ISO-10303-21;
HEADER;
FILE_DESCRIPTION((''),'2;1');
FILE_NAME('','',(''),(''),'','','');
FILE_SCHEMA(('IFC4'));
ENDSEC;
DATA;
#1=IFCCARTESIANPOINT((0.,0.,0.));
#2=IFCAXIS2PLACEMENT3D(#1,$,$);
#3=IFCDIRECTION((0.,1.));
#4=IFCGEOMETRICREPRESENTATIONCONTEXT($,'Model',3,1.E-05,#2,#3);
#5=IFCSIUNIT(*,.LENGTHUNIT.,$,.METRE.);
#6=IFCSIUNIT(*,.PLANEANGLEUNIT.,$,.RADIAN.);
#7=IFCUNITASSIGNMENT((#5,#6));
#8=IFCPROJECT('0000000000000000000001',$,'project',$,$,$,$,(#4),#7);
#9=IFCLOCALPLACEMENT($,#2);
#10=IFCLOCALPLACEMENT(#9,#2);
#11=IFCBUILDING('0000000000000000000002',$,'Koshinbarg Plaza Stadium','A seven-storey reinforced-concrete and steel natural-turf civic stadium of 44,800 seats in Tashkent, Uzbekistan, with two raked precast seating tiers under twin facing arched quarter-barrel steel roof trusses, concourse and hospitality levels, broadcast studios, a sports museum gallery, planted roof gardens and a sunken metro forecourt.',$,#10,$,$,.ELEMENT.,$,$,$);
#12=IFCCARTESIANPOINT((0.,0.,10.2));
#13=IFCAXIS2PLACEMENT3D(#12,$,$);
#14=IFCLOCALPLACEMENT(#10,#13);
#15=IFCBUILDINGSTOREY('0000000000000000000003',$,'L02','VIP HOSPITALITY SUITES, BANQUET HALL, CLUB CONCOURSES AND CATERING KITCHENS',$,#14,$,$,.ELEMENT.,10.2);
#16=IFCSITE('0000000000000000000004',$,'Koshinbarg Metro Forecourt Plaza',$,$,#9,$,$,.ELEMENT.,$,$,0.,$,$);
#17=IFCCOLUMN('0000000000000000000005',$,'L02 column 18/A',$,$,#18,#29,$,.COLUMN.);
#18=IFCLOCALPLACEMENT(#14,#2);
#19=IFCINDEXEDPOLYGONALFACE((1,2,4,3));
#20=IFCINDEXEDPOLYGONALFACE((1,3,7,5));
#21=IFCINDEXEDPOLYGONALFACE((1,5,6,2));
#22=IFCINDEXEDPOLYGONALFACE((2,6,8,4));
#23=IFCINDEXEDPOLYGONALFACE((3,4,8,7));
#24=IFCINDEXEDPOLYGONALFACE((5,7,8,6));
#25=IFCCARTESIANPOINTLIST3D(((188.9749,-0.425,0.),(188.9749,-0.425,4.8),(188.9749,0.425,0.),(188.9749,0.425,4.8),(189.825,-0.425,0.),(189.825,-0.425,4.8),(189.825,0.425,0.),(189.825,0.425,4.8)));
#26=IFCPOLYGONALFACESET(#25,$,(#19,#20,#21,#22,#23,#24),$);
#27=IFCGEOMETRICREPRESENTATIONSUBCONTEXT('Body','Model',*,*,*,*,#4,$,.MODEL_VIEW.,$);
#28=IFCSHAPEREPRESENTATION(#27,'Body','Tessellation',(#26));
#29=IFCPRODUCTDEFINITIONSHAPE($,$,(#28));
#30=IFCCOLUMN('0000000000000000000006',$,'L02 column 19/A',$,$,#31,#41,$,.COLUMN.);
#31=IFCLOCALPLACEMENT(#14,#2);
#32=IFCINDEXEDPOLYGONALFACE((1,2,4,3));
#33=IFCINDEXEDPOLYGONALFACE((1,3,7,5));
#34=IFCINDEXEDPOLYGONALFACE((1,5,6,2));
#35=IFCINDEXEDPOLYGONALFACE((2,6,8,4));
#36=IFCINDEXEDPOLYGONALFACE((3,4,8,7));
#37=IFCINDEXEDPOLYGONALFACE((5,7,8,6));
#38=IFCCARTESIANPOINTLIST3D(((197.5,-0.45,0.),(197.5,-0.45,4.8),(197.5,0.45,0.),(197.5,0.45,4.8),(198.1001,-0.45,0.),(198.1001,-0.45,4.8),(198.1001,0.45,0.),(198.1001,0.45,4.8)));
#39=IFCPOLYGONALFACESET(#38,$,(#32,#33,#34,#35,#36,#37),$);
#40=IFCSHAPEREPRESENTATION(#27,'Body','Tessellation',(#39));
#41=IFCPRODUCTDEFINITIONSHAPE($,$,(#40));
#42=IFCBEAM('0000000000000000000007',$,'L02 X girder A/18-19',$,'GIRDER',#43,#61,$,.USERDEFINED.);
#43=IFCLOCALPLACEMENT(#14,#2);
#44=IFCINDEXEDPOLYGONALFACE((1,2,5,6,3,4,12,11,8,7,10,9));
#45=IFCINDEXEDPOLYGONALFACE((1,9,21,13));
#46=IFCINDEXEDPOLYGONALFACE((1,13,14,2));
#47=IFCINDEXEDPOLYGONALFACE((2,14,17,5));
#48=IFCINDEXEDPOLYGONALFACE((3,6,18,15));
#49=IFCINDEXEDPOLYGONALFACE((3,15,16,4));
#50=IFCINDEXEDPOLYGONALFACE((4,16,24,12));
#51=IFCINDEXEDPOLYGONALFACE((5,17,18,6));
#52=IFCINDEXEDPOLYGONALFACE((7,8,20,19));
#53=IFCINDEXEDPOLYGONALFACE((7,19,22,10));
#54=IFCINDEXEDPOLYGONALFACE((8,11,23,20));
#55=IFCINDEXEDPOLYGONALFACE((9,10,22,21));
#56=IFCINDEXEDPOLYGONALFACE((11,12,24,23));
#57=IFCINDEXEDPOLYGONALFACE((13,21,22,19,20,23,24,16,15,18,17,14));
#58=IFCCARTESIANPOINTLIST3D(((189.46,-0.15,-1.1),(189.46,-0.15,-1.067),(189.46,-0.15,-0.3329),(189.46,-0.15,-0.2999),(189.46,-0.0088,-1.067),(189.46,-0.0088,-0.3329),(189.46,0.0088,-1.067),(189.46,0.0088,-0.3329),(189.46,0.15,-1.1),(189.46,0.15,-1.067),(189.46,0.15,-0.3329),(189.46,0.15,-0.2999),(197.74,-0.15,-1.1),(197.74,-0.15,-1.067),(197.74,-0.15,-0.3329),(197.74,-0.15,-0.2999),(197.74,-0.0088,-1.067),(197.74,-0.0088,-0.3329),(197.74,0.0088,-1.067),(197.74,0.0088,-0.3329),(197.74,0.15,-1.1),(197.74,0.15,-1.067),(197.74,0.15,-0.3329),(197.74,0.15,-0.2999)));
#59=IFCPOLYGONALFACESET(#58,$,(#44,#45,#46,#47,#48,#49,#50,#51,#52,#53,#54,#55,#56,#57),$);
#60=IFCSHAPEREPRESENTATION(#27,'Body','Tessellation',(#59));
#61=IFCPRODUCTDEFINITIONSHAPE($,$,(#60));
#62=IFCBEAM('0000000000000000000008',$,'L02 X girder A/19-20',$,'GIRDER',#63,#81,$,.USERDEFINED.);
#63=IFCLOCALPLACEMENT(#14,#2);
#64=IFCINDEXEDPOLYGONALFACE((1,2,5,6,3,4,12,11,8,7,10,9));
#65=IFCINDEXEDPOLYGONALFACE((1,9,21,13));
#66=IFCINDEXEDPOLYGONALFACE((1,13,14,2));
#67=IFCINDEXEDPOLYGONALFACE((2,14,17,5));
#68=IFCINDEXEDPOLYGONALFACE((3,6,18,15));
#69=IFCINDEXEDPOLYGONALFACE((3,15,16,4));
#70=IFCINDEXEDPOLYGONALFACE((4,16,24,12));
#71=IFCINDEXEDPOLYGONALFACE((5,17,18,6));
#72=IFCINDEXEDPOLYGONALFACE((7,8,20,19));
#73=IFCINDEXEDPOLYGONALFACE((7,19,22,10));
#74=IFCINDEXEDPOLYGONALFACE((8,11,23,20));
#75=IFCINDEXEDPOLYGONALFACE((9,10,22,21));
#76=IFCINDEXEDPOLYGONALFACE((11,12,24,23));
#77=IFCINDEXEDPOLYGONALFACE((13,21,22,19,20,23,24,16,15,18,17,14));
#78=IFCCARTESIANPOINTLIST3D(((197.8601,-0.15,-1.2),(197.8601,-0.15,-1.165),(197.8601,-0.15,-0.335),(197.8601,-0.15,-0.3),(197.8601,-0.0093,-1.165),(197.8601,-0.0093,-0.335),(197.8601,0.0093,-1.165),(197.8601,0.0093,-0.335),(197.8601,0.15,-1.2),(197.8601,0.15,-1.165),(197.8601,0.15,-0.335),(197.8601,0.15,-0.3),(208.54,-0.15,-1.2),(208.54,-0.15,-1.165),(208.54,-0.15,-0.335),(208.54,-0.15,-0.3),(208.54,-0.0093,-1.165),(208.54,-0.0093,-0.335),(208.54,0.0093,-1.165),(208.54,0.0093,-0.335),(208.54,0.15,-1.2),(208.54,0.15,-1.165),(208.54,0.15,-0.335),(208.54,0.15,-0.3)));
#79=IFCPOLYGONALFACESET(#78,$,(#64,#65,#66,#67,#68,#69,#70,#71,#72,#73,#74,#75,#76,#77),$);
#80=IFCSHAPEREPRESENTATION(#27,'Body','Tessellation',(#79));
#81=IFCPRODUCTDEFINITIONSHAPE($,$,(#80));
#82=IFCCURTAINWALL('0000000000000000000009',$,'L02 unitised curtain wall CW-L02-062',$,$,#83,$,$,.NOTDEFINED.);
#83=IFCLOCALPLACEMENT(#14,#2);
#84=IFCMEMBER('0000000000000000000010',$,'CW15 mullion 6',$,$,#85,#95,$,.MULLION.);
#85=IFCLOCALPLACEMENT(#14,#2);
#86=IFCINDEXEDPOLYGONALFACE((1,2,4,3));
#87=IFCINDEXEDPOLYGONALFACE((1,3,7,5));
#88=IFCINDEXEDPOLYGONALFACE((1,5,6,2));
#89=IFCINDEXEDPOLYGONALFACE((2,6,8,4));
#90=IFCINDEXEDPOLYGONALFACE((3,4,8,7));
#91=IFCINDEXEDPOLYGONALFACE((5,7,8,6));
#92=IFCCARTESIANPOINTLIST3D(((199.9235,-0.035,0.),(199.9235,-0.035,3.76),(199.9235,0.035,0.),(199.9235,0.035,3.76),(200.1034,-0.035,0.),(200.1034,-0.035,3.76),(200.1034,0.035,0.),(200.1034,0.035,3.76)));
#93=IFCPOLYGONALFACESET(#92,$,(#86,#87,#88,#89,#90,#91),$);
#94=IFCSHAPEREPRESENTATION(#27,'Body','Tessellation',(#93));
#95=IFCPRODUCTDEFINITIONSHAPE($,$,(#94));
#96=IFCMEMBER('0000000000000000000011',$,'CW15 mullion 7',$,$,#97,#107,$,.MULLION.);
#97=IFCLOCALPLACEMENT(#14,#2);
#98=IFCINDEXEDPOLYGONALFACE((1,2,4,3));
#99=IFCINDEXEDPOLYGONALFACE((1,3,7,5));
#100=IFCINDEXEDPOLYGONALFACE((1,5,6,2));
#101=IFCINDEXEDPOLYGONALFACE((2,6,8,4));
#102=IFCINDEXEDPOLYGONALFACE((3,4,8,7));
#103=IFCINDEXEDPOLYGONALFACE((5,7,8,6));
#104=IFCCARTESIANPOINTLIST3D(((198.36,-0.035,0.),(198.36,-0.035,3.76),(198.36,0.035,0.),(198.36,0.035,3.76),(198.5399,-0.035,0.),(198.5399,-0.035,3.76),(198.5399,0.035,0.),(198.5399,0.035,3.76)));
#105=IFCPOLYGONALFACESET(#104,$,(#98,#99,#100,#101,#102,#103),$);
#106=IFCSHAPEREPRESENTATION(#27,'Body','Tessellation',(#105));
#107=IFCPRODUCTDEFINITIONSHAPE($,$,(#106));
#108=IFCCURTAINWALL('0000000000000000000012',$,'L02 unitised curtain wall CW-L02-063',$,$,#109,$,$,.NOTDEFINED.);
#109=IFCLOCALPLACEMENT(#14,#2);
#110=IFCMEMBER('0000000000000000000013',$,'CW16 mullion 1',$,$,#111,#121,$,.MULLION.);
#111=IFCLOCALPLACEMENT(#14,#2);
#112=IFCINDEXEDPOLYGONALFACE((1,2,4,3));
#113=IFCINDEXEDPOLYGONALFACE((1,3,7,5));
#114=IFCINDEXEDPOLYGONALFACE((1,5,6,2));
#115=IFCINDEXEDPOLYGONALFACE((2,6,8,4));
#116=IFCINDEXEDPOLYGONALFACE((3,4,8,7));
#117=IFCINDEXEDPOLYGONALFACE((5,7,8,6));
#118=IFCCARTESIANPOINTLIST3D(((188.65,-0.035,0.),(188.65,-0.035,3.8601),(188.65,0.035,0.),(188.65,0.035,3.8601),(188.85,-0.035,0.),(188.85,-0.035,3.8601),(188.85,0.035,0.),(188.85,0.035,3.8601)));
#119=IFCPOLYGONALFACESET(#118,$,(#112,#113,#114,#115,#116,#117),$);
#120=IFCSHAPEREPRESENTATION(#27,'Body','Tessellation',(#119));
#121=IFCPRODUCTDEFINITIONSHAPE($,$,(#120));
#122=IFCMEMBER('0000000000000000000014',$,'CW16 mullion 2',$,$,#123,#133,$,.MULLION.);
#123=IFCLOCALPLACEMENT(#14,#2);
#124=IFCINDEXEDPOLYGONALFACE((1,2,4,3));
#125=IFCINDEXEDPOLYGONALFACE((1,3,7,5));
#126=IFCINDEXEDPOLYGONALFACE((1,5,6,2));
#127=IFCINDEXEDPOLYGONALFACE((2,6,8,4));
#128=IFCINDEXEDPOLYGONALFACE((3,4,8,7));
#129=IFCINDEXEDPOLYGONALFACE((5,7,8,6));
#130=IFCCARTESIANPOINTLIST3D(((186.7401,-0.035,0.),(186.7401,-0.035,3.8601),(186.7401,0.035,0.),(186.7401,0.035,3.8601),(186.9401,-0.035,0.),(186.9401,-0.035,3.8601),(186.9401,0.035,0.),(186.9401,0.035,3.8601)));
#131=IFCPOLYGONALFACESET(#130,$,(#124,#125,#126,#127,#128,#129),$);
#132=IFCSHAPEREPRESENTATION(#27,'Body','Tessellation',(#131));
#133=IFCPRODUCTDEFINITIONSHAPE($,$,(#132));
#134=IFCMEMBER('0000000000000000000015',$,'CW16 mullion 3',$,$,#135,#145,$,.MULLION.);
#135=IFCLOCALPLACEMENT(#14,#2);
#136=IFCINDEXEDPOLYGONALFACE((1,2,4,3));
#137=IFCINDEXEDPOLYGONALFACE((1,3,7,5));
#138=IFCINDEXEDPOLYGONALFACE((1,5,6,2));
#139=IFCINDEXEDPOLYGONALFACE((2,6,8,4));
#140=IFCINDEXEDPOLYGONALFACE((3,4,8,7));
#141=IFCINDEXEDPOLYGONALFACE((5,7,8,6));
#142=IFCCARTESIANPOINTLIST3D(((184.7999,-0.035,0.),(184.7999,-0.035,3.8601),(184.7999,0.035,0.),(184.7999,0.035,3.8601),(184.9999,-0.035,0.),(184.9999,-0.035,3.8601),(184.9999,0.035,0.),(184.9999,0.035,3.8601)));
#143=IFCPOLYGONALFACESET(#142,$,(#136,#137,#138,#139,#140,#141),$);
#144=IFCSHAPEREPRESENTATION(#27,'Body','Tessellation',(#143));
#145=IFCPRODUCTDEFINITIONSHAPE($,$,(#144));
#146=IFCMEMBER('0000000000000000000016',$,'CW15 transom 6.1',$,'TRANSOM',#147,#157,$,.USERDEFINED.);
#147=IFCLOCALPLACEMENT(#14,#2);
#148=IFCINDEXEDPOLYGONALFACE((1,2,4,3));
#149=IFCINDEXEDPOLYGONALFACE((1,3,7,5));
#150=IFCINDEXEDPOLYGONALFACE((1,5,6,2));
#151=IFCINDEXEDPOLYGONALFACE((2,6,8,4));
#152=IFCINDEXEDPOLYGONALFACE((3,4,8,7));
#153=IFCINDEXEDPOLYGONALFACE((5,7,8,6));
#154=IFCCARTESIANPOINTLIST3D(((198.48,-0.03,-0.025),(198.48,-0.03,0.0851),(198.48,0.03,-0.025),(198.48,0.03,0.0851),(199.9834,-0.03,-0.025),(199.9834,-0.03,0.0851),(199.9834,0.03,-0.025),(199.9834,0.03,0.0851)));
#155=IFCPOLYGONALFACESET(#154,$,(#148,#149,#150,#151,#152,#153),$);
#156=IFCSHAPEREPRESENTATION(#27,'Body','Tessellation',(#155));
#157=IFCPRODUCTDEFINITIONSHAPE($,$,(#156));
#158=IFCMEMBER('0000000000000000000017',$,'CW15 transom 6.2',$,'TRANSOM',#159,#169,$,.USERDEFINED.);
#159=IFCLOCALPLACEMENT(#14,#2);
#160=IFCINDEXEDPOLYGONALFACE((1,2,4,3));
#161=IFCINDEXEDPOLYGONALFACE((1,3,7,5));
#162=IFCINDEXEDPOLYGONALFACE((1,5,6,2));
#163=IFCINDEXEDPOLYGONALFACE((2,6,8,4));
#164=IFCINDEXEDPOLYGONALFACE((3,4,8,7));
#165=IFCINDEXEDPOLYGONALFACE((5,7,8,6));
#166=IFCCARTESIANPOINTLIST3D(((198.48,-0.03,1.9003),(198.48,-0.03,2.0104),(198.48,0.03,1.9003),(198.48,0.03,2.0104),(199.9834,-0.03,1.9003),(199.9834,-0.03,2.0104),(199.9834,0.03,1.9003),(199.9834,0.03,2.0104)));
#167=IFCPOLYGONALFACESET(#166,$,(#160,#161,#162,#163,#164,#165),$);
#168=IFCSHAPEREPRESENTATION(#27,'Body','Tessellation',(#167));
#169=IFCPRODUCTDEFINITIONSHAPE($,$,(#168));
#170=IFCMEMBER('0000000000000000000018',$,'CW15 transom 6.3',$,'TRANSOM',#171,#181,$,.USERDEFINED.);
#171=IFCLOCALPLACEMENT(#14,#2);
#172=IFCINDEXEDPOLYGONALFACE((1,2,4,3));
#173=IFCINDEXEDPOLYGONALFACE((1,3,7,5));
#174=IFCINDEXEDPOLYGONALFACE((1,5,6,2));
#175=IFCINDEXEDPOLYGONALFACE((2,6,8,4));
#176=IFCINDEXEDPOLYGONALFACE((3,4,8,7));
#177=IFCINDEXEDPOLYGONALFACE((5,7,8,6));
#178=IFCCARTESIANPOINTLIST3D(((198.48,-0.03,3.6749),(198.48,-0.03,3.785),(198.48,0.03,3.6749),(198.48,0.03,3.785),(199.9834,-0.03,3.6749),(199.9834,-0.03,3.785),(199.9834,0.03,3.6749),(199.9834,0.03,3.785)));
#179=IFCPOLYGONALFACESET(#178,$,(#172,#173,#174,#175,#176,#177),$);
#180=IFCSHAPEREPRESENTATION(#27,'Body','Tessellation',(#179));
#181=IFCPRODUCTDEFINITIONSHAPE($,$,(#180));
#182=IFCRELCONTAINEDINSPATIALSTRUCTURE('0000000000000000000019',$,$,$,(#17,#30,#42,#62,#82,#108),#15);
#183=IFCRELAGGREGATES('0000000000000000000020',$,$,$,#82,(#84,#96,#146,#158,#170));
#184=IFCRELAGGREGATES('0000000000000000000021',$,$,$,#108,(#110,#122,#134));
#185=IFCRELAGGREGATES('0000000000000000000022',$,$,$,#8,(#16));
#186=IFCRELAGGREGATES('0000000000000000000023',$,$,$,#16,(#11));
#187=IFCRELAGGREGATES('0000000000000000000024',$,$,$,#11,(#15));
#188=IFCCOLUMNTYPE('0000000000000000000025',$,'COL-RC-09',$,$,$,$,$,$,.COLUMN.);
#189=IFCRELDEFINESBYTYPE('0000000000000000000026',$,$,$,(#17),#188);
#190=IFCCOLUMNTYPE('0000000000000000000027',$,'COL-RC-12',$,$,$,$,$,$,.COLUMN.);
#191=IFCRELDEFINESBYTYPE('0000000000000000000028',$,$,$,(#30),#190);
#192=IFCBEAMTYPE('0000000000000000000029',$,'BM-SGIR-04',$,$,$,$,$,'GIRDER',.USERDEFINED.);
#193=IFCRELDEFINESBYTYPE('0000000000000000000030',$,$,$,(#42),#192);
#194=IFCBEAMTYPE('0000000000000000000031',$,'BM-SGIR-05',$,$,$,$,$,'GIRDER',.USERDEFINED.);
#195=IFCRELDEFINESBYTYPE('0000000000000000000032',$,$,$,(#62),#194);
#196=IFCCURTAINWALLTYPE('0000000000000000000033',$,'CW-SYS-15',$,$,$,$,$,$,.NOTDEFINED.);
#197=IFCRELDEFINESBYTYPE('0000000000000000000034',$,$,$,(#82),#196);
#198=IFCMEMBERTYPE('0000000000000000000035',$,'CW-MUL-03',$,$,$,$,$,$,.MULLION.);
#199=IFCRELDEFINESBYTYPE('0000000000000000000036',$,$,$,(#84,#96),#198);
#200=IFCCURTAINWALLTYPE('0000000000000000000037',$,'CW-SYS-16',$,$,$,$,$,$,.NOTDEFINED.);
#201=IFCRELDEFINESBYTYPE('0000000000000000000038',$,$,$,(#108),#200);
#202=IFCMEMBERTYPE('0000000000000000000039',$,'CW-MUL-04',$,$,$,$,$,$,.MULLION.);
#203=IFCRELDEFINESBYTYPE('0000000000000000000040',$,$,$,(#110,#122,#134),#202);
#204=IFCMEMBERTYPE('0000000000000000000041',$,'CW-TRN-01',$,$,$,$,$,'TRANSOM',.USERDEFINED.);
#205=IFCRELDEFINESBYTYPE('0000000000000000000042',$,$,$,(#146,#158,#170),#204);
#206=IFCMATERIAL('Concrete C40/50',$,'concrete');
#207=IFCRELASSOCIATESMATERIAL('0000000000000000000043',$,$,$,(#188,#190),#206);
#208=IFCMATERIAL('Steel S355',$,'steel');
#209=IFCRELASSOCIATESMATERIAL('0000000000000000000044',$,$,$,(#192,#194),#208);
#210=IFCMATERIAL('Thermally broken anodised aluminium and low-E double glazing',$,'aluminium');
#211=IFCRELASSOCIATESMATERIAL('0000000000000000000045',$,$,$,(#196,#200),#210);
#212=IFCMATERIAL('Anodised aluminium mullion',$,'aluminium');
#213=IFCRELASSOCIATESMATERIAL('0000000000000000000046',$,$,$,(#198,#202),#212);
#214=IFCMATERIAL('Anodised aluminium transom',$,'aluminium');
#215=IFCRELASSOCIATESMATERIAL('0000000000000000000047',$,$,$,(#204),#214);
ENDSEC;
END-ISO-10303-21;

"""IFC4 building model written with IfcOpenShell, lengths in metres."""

from ifc_helpers import new_model, si_unit, direction, frame, origin, origin_2d, place, context, subcontext, project, spatial, rectangle, i_section, extrude, material, material_profile, profile_set, type_object, element, aggregate, save


model = new_model("IFC4")

# Units and contexts
model_context = context("Model", 3, precision=1e-05, world=origin(), true_north=direction((0.0, 1.0)))
body_context = subcontext(model_context, "Body", "Model", "MODEL_VIEW")
ifc_project = project(units=[si_unit("LENGTHUNIT", "METRE"), si_unit("PLANEANGLEUNIT", "RADIAN")], contexts=[model_context])

# Site, building, storey
site_placement = place(None, origin())
site = spatial("IfcSite", under=ifc_project, at=site_placement, Name="Koshinbarg Metro Forecourt Plaza", CompositionType="ELEMENT", RefElevation=0.0)
building_placement = place(site_placement, origin())
building = spatial("IfcBuilding", under=site, at=building_placement, Name="Koshinbarg Plaza Stadium", Description="A seven-storey reinforced-concrete and steel natural-turf civic stadium of 44,800 seats in Tashkent, Uzbekistan, with two raked precast seating tiers under twin facing arched quarter-barrel steel roof trusses, concourse and hospitality levels, broadcast studios, a sports museum gallery, planted roof gardens and a sunken metro forecourt.", CompositionType="ELEMENT")
storey_placement = place(building_placement, frame((0.0, 0.0, 10.2)))
storey = spatial("IfcBuildingStorey", under=building, at=storey_placement, Name="L02", Description="VIP HOSPITALITY SUITES, BANQUET HALL, CLUB CONCOURSES AND CATERING KITCHENS", CompositionType="ELEMENT", Elevation=10.2)

# Columns
ifc_material_1 = material(Name="Concrete C40/50", Category="concrete")
ifc_material_profile_1 = material_profile(ifc_material_1, rectangle(XDim=0.8501, YDim=0.8501, at=origin_2d()), Name="RC 850x850")
ifc_profile_set_1 = profile_set([ifc_material_profile_1], Name="Concrete C40/50")
column_type_1 = type_object("IfcColumnType", Name="COL-RC-09", PredefinedType="COLUMN", material=ifc_profile_set_1)
column_1_placement = place(storey_placement, frame((189.3999, 0.0, 0.0), z_axis=(0.0, 0.0, 1.0), x_axis=(1.0, 0.0, 0.0)))
element("IfcColumn", 1, at=column_1_placement, inside=storey, type_object=column_type_1, Name="L02 column 18/A", PredefinedType="COLUMN", context=body_context, shape_type="SweptSolid", body=[
    extrude(rectangle(XDim=0.8501, YDim=0.8501, at=origin_2d()), origin(), (0.0, 0.0, 1.0), 4.8),
])
ifc_material_profile_2 = material_profile(ifc_material_1, rectangle(XDim=0.6001, YDim=0.8999, at=origin_2d()), Name="RC 600x900")
ifc_profile_set_2 = profile_set([ifc_material_profile_2], Name="Concrete C40/50")
column_type_2 = type_object("IfcColumnType", Name="COL-RC-12", PredefinedType="COLUMN", material=ifc_profile_set_2)
column_2_placement = place(storey_placement, frame((197.8, 0.0, 0.0), z_axis=(0.0, 0.0, 1.0), x_axis=(1.0, 0.0, 0.0)))
element("IfcColumn", 2, at=column_2_placement, inside=storey, type_object=column_type_2, Name="L02 column 19/A", PredefinedType="COLUMN", context=body_context, shape_type="SweptSolid", body=[
    extrude(rectangle(XDim=0.6001, YDim=0.8999, at=origin_2d()), origin(), (0.0, 0.0, 1.0), 4.8),
])

# Beams
ifc_material_2 = material(Name="Steel S355", Category="steel")
ifc_material_profile_3 = material_profile(ifc_material_2, i_section(OverallWidth=0.3, OverallDepth=0.8, WebThickness=0.0176, FlangeThickness=0.033, at=origin_2d()), Name="HEB 800")
ifc_profile_set_3 = profile_set([ifc_material_profile_3], Name="Steel S355")
beam_type_1 = type_object("IfcBeamType", Name="BM-SGIR-04", ElementType="GIRDER", PredefinedType="USERDEFINED", material=ifc_profile_set_3)
beam_1_placement = place(storey_placement, frame((189.46, 0.0, -0.7), z_axis=(1.0, 0.0, 0.0), x_axis=(0.0, 1.0, 0.0)))
element("IfcBeam", 3, at=beam_1_placement, inside=storey, type_object=beam_type_1, Name="L02 X girder A/18-19", ObjectType="GIRDER", PredefinedType="USERDEFINED", context=body_context, shape_type="SweptSolid", body=[
    extrude(i_section(OverallWidth=0.3, OverallDepth=0.8, WebThickness=0.0176, FlangeThickness=0.033, at=origin_2d()), origin(), (0.0, 0.0, 1.0), 8.28),
])
ifc_material_profile_4 = material_profile(ifc_material_2, i_section(OverallWidth=0.3, OverallDepth=0.8999, WebThickness=0.0186, FlangeThickness=0.0349, at=origin_2d()), Name="HEB 900")
ifc_profile_set_4 = profile_set([ifc_material_profile_4], Name="Steel S355")
beam_type_2 = type_object("IfcBeamType", Name="BM-SGIR-05", ElementType="GIRDER", PredefinedType="USERDEFINED", material=ifc_profile_set_4)
beam_2_placement = place(storey_placement, frame((197.8601, 0.0, -0.75), z_axis=(1.0, 0.0, 0.0), x_axis=(0.0, 1.0, 0.0)))
element("IfcBeam", 4, at=beam_2_placement, inside=storey, type_object=beam_type_2, Name="L02 X girder A/19-20", ObjectType="GIRDER", PredefinedType="USERDEFINED", context=body_context, shape_type="SweptSolid", body=[
    extrude(i_section(OverallWidth=0.3, OverallDepth=0.8999, WebThickness=0.0186, FlangeThickness=0.0349, at=origin_2d()), origin(), (0.0, 0.0, 1.0), 10.6799),
])

# Curtain walls, members
ifc_material_3 = material(Name="Thermally broken anodised aluminium and low-E double glazing", Category="aluminium")
curtain_wall_type_1 = type_object("IfcCurtainWallType", Name="CW-SYS-15", PredefinedType="NOTDEFINED", material=ifc_material_3)
curtain_wall_1_placement = place(storey_placement, origin())
curtain_wall_1 = element("IfcCurtainWall", 5, at=curtain_wall_1_placement, inside=storey, type_object=curtain_wall_type_1, Name="L02 unitised curtain wall CW-L02-062", PredefinedType="NOTDEFINED")
ifc_material_4 = material(Name="Anodised aluminium mullion", Category="aluminium")
ifc_material_profile_5 = material_profile(ifc_material_4, rectangle(XDim=0.0701, YDim=0.1799, at=origin_2d()), Name="ALU 70x180")
ifc_profile_set_5 = profile_set([ifc_material_profile_5], Name="Anodised aluminium mullion")
member_type_1 = type_object("IfcMemberType", Name="CW-MUL-03", PredefinedType="MULLION", material=ifc_profile_set_5)
member_1_placement = place(storey_placement, frame((200.0134, 0.0, 0.0), z_axis=(0.0, 0.0, 1.0), x_axis=(0.0, -1.0, 0.0)))
member_1 = element("IfcMember", 6, at=member_1_placement, type_object=member_type_1, Name="CW15 mullion 6", PredefinedType="MULLION", context=body_context, shape_type="SweptSolid", body=[
    extrude(rectangle(XDim=0.0701, YDim=0.1799, at=origin_2d()), origin(), (0.0, 0.0, 1.0), 3.76),
])
member_2_placement = place(storey_placement, frame((198.45, 0.0, 0.0), z_axis=(0.0, 0.0, 1.0), x_axis=(0.0, -1.0, 0.0)))
member_2 = element("IfcMember", 7, at=member_2_placement, type_object=member_type_1, Name="CW15 mullion 7", PredefinedType="MULLION", context=body_context, shape_type="SweptSolid", body=[
    extrude(rectangle(XDim=0.0701, YDim=0.1799, at=origin_2d()), origin(), (0.0, 0.0, 1.0), 3.76),
])
curtain_wall_type_2 = type_object("IfcCurtainWallType", Name="CW-SYS-16", PredefinedType="NOTDEFINED", material=ifc_material_3)
curtain_wall_2_placement = place(storey_placement, origin())
curtain_wall_2 = element("IfcCurtainWall", 8, at=curtain_wall_2_placement, inside=storey, type_object=curtain_wall_type_2, Name="L02 unitised curtain wall CW-L02-063", PredefinedType="NOTDEFINED")
ifc_material_profile_6 = material_profile(ifc_material_4, rectangle(XDim=0.0701, YDim=0.2, at=origin_2d()), Name="ALU 70x200")
ifc_profile_set_6 = profile_set([ifc_material_profile_6], Name="Anodised aluminium mullion")
member_type_2 = type_object("IfcMemberType", Name="CW-MUL-04", PredefinedType="MULLION", material=ifc_profile_set_6)
member_3_placement = place(storey_placement, frame((188.75, 0.0, 0.0), z_axis=(0.0, 0.0, 1.0), x_axis=(0.0, -1.0, 0.0)))
member_3 = element("IfcMember", 9, at=member_3_placement, type_object=member_type_2, Name="CW16 mullion 1", PredefinedType="MULLION", context=body_context, shape_type="SweptSolid", body=[
    extrude(rectangle(XDim=0.0701, YDim=0.2, at=origin_2d()), origin(), (0.0, 0.0, 1.0), 3.8601),
])
member_4_placement = place(storey_placement, frame((186.8401, 0.0, 0.0), z_axis=(0.0, 0.0, 1.0), x_axis=(0.0, -1.0, 0.0)))
member_4 = element("IfcMember", 10, at=member_4_placement, type_object=member_type_2, Name="CW16 mullion 2", PredefinedType="MULLION", context=body_context, shape_type="SweptSolid", body=[
    extrude(rectangle(XDim=0.0701, YDim=0.2, at=origin_2d()), origin(), (0.0, 0.0, 1.0), 3.8601),
])
member_5_placement = place(storey_placement, frame((184.8999, 0.0, 0.0), z_axis=(0.0, 0.0, 1.0), x_axis=(0.0, -1.0, 0.0)))
member_5 = element("IfcMember", 11, at=member_5_placement, type_object=member_type_2, Name="CW16 mullion 3", PredefinedType="MULLION", context=body_context, shape_type="SweptSolid", body=[
    extrude(rectangle(XDim=0.0701, YDim=0.2, at=origin_2d()), origin(), (0.0, 0.0, 1.0), 3.8601),
])

# Members
ifc_material_5 = material(Name="Anodised aluminium transom", Category="aluminium")
ifc_material_profile_7 = material_profile(ifc_material_5, rectangle(XDim=0.0601, YDim=0.1101, at=origin_2d()), Name="ALU 60x110")
ifc_profile_set_7 = profile_set([ifc_material_profile_7], Name="Anodised aluminium transom")
member_type_3 = type_object("IfcMemberType", Name="CW-TRN-01", ElementType="TRANSOM", PredefinedType="USERDEFINED", material=ifc_profile_set_7)
member_6_placement = place(storey_placement, frame((199.9834, 0.0, 0.03), z_axis=(-1.0, 0.0, 0.0), x_axis=(0.0, -1.0, 0.0)))
member_6 = element("IfcMember", 12, at=member_6_placement, type_object=member_type_3, Name="CW15 transom 6.1", ObjectType="TRANSOM", PredefinedType="USERDEFINED", context=body_context, shape_type="SweptSolid", body=[
    extrude(rectangle(XDim=0.0601, YDim=0.1101, at=origin_2d()), origin(), (0.0, 0.0, 1.0), 1.5034),
])
member_7_placement = place(storey_placement, frame((199.9834, 0.0, 1.9553), z_axis=(-1.0, 0.0, 0.0), x_axis=(0.0, -1.0, 0.0)))
member_7 = element("IfcMember", 13, at=member_7_placement, type_object=member_type_3, Name="CW15 transom 6.2", ObjectType="TRANSOM", PredefinedType="USERDEFINED", context=body_context, shape_type="SweptSolid", body=[
    extrude(rectangle(XDim=0.0601, YDim=0.1101, at=origin_2d()), origin(), (0.0, 0.0, 1.0), 1.5034),
])
member_8_placement = place(storey_placement, frame((199.9834, 0.0, 3.73), z_axis=(-1.0, 0.0, 0.0), x_axis=(0.0, -1.0, 0.0)))
member_8 = element("IfcMember", 14, at=member_8_placement, type_object=member_type_3, Name="CW15 transom 6.3", ObjectType="TRANSOM", PredefinedType="USERDEFINED", context=body_context, shape_type="SweptSolid", body=[
    extrude(rectangle(XDim=0.0601, YDim=0.1101, at=origin_2d()), origin(), (0.0, 0.0, 1.0), 1.5034),
])

aggregate(curtain_wall_1, [member_1, member_2, member_6, member_7, member_8])
aggregate(curtain_wall_2, [member_3, member_4, member_5])

save(model, "model.ifc")
